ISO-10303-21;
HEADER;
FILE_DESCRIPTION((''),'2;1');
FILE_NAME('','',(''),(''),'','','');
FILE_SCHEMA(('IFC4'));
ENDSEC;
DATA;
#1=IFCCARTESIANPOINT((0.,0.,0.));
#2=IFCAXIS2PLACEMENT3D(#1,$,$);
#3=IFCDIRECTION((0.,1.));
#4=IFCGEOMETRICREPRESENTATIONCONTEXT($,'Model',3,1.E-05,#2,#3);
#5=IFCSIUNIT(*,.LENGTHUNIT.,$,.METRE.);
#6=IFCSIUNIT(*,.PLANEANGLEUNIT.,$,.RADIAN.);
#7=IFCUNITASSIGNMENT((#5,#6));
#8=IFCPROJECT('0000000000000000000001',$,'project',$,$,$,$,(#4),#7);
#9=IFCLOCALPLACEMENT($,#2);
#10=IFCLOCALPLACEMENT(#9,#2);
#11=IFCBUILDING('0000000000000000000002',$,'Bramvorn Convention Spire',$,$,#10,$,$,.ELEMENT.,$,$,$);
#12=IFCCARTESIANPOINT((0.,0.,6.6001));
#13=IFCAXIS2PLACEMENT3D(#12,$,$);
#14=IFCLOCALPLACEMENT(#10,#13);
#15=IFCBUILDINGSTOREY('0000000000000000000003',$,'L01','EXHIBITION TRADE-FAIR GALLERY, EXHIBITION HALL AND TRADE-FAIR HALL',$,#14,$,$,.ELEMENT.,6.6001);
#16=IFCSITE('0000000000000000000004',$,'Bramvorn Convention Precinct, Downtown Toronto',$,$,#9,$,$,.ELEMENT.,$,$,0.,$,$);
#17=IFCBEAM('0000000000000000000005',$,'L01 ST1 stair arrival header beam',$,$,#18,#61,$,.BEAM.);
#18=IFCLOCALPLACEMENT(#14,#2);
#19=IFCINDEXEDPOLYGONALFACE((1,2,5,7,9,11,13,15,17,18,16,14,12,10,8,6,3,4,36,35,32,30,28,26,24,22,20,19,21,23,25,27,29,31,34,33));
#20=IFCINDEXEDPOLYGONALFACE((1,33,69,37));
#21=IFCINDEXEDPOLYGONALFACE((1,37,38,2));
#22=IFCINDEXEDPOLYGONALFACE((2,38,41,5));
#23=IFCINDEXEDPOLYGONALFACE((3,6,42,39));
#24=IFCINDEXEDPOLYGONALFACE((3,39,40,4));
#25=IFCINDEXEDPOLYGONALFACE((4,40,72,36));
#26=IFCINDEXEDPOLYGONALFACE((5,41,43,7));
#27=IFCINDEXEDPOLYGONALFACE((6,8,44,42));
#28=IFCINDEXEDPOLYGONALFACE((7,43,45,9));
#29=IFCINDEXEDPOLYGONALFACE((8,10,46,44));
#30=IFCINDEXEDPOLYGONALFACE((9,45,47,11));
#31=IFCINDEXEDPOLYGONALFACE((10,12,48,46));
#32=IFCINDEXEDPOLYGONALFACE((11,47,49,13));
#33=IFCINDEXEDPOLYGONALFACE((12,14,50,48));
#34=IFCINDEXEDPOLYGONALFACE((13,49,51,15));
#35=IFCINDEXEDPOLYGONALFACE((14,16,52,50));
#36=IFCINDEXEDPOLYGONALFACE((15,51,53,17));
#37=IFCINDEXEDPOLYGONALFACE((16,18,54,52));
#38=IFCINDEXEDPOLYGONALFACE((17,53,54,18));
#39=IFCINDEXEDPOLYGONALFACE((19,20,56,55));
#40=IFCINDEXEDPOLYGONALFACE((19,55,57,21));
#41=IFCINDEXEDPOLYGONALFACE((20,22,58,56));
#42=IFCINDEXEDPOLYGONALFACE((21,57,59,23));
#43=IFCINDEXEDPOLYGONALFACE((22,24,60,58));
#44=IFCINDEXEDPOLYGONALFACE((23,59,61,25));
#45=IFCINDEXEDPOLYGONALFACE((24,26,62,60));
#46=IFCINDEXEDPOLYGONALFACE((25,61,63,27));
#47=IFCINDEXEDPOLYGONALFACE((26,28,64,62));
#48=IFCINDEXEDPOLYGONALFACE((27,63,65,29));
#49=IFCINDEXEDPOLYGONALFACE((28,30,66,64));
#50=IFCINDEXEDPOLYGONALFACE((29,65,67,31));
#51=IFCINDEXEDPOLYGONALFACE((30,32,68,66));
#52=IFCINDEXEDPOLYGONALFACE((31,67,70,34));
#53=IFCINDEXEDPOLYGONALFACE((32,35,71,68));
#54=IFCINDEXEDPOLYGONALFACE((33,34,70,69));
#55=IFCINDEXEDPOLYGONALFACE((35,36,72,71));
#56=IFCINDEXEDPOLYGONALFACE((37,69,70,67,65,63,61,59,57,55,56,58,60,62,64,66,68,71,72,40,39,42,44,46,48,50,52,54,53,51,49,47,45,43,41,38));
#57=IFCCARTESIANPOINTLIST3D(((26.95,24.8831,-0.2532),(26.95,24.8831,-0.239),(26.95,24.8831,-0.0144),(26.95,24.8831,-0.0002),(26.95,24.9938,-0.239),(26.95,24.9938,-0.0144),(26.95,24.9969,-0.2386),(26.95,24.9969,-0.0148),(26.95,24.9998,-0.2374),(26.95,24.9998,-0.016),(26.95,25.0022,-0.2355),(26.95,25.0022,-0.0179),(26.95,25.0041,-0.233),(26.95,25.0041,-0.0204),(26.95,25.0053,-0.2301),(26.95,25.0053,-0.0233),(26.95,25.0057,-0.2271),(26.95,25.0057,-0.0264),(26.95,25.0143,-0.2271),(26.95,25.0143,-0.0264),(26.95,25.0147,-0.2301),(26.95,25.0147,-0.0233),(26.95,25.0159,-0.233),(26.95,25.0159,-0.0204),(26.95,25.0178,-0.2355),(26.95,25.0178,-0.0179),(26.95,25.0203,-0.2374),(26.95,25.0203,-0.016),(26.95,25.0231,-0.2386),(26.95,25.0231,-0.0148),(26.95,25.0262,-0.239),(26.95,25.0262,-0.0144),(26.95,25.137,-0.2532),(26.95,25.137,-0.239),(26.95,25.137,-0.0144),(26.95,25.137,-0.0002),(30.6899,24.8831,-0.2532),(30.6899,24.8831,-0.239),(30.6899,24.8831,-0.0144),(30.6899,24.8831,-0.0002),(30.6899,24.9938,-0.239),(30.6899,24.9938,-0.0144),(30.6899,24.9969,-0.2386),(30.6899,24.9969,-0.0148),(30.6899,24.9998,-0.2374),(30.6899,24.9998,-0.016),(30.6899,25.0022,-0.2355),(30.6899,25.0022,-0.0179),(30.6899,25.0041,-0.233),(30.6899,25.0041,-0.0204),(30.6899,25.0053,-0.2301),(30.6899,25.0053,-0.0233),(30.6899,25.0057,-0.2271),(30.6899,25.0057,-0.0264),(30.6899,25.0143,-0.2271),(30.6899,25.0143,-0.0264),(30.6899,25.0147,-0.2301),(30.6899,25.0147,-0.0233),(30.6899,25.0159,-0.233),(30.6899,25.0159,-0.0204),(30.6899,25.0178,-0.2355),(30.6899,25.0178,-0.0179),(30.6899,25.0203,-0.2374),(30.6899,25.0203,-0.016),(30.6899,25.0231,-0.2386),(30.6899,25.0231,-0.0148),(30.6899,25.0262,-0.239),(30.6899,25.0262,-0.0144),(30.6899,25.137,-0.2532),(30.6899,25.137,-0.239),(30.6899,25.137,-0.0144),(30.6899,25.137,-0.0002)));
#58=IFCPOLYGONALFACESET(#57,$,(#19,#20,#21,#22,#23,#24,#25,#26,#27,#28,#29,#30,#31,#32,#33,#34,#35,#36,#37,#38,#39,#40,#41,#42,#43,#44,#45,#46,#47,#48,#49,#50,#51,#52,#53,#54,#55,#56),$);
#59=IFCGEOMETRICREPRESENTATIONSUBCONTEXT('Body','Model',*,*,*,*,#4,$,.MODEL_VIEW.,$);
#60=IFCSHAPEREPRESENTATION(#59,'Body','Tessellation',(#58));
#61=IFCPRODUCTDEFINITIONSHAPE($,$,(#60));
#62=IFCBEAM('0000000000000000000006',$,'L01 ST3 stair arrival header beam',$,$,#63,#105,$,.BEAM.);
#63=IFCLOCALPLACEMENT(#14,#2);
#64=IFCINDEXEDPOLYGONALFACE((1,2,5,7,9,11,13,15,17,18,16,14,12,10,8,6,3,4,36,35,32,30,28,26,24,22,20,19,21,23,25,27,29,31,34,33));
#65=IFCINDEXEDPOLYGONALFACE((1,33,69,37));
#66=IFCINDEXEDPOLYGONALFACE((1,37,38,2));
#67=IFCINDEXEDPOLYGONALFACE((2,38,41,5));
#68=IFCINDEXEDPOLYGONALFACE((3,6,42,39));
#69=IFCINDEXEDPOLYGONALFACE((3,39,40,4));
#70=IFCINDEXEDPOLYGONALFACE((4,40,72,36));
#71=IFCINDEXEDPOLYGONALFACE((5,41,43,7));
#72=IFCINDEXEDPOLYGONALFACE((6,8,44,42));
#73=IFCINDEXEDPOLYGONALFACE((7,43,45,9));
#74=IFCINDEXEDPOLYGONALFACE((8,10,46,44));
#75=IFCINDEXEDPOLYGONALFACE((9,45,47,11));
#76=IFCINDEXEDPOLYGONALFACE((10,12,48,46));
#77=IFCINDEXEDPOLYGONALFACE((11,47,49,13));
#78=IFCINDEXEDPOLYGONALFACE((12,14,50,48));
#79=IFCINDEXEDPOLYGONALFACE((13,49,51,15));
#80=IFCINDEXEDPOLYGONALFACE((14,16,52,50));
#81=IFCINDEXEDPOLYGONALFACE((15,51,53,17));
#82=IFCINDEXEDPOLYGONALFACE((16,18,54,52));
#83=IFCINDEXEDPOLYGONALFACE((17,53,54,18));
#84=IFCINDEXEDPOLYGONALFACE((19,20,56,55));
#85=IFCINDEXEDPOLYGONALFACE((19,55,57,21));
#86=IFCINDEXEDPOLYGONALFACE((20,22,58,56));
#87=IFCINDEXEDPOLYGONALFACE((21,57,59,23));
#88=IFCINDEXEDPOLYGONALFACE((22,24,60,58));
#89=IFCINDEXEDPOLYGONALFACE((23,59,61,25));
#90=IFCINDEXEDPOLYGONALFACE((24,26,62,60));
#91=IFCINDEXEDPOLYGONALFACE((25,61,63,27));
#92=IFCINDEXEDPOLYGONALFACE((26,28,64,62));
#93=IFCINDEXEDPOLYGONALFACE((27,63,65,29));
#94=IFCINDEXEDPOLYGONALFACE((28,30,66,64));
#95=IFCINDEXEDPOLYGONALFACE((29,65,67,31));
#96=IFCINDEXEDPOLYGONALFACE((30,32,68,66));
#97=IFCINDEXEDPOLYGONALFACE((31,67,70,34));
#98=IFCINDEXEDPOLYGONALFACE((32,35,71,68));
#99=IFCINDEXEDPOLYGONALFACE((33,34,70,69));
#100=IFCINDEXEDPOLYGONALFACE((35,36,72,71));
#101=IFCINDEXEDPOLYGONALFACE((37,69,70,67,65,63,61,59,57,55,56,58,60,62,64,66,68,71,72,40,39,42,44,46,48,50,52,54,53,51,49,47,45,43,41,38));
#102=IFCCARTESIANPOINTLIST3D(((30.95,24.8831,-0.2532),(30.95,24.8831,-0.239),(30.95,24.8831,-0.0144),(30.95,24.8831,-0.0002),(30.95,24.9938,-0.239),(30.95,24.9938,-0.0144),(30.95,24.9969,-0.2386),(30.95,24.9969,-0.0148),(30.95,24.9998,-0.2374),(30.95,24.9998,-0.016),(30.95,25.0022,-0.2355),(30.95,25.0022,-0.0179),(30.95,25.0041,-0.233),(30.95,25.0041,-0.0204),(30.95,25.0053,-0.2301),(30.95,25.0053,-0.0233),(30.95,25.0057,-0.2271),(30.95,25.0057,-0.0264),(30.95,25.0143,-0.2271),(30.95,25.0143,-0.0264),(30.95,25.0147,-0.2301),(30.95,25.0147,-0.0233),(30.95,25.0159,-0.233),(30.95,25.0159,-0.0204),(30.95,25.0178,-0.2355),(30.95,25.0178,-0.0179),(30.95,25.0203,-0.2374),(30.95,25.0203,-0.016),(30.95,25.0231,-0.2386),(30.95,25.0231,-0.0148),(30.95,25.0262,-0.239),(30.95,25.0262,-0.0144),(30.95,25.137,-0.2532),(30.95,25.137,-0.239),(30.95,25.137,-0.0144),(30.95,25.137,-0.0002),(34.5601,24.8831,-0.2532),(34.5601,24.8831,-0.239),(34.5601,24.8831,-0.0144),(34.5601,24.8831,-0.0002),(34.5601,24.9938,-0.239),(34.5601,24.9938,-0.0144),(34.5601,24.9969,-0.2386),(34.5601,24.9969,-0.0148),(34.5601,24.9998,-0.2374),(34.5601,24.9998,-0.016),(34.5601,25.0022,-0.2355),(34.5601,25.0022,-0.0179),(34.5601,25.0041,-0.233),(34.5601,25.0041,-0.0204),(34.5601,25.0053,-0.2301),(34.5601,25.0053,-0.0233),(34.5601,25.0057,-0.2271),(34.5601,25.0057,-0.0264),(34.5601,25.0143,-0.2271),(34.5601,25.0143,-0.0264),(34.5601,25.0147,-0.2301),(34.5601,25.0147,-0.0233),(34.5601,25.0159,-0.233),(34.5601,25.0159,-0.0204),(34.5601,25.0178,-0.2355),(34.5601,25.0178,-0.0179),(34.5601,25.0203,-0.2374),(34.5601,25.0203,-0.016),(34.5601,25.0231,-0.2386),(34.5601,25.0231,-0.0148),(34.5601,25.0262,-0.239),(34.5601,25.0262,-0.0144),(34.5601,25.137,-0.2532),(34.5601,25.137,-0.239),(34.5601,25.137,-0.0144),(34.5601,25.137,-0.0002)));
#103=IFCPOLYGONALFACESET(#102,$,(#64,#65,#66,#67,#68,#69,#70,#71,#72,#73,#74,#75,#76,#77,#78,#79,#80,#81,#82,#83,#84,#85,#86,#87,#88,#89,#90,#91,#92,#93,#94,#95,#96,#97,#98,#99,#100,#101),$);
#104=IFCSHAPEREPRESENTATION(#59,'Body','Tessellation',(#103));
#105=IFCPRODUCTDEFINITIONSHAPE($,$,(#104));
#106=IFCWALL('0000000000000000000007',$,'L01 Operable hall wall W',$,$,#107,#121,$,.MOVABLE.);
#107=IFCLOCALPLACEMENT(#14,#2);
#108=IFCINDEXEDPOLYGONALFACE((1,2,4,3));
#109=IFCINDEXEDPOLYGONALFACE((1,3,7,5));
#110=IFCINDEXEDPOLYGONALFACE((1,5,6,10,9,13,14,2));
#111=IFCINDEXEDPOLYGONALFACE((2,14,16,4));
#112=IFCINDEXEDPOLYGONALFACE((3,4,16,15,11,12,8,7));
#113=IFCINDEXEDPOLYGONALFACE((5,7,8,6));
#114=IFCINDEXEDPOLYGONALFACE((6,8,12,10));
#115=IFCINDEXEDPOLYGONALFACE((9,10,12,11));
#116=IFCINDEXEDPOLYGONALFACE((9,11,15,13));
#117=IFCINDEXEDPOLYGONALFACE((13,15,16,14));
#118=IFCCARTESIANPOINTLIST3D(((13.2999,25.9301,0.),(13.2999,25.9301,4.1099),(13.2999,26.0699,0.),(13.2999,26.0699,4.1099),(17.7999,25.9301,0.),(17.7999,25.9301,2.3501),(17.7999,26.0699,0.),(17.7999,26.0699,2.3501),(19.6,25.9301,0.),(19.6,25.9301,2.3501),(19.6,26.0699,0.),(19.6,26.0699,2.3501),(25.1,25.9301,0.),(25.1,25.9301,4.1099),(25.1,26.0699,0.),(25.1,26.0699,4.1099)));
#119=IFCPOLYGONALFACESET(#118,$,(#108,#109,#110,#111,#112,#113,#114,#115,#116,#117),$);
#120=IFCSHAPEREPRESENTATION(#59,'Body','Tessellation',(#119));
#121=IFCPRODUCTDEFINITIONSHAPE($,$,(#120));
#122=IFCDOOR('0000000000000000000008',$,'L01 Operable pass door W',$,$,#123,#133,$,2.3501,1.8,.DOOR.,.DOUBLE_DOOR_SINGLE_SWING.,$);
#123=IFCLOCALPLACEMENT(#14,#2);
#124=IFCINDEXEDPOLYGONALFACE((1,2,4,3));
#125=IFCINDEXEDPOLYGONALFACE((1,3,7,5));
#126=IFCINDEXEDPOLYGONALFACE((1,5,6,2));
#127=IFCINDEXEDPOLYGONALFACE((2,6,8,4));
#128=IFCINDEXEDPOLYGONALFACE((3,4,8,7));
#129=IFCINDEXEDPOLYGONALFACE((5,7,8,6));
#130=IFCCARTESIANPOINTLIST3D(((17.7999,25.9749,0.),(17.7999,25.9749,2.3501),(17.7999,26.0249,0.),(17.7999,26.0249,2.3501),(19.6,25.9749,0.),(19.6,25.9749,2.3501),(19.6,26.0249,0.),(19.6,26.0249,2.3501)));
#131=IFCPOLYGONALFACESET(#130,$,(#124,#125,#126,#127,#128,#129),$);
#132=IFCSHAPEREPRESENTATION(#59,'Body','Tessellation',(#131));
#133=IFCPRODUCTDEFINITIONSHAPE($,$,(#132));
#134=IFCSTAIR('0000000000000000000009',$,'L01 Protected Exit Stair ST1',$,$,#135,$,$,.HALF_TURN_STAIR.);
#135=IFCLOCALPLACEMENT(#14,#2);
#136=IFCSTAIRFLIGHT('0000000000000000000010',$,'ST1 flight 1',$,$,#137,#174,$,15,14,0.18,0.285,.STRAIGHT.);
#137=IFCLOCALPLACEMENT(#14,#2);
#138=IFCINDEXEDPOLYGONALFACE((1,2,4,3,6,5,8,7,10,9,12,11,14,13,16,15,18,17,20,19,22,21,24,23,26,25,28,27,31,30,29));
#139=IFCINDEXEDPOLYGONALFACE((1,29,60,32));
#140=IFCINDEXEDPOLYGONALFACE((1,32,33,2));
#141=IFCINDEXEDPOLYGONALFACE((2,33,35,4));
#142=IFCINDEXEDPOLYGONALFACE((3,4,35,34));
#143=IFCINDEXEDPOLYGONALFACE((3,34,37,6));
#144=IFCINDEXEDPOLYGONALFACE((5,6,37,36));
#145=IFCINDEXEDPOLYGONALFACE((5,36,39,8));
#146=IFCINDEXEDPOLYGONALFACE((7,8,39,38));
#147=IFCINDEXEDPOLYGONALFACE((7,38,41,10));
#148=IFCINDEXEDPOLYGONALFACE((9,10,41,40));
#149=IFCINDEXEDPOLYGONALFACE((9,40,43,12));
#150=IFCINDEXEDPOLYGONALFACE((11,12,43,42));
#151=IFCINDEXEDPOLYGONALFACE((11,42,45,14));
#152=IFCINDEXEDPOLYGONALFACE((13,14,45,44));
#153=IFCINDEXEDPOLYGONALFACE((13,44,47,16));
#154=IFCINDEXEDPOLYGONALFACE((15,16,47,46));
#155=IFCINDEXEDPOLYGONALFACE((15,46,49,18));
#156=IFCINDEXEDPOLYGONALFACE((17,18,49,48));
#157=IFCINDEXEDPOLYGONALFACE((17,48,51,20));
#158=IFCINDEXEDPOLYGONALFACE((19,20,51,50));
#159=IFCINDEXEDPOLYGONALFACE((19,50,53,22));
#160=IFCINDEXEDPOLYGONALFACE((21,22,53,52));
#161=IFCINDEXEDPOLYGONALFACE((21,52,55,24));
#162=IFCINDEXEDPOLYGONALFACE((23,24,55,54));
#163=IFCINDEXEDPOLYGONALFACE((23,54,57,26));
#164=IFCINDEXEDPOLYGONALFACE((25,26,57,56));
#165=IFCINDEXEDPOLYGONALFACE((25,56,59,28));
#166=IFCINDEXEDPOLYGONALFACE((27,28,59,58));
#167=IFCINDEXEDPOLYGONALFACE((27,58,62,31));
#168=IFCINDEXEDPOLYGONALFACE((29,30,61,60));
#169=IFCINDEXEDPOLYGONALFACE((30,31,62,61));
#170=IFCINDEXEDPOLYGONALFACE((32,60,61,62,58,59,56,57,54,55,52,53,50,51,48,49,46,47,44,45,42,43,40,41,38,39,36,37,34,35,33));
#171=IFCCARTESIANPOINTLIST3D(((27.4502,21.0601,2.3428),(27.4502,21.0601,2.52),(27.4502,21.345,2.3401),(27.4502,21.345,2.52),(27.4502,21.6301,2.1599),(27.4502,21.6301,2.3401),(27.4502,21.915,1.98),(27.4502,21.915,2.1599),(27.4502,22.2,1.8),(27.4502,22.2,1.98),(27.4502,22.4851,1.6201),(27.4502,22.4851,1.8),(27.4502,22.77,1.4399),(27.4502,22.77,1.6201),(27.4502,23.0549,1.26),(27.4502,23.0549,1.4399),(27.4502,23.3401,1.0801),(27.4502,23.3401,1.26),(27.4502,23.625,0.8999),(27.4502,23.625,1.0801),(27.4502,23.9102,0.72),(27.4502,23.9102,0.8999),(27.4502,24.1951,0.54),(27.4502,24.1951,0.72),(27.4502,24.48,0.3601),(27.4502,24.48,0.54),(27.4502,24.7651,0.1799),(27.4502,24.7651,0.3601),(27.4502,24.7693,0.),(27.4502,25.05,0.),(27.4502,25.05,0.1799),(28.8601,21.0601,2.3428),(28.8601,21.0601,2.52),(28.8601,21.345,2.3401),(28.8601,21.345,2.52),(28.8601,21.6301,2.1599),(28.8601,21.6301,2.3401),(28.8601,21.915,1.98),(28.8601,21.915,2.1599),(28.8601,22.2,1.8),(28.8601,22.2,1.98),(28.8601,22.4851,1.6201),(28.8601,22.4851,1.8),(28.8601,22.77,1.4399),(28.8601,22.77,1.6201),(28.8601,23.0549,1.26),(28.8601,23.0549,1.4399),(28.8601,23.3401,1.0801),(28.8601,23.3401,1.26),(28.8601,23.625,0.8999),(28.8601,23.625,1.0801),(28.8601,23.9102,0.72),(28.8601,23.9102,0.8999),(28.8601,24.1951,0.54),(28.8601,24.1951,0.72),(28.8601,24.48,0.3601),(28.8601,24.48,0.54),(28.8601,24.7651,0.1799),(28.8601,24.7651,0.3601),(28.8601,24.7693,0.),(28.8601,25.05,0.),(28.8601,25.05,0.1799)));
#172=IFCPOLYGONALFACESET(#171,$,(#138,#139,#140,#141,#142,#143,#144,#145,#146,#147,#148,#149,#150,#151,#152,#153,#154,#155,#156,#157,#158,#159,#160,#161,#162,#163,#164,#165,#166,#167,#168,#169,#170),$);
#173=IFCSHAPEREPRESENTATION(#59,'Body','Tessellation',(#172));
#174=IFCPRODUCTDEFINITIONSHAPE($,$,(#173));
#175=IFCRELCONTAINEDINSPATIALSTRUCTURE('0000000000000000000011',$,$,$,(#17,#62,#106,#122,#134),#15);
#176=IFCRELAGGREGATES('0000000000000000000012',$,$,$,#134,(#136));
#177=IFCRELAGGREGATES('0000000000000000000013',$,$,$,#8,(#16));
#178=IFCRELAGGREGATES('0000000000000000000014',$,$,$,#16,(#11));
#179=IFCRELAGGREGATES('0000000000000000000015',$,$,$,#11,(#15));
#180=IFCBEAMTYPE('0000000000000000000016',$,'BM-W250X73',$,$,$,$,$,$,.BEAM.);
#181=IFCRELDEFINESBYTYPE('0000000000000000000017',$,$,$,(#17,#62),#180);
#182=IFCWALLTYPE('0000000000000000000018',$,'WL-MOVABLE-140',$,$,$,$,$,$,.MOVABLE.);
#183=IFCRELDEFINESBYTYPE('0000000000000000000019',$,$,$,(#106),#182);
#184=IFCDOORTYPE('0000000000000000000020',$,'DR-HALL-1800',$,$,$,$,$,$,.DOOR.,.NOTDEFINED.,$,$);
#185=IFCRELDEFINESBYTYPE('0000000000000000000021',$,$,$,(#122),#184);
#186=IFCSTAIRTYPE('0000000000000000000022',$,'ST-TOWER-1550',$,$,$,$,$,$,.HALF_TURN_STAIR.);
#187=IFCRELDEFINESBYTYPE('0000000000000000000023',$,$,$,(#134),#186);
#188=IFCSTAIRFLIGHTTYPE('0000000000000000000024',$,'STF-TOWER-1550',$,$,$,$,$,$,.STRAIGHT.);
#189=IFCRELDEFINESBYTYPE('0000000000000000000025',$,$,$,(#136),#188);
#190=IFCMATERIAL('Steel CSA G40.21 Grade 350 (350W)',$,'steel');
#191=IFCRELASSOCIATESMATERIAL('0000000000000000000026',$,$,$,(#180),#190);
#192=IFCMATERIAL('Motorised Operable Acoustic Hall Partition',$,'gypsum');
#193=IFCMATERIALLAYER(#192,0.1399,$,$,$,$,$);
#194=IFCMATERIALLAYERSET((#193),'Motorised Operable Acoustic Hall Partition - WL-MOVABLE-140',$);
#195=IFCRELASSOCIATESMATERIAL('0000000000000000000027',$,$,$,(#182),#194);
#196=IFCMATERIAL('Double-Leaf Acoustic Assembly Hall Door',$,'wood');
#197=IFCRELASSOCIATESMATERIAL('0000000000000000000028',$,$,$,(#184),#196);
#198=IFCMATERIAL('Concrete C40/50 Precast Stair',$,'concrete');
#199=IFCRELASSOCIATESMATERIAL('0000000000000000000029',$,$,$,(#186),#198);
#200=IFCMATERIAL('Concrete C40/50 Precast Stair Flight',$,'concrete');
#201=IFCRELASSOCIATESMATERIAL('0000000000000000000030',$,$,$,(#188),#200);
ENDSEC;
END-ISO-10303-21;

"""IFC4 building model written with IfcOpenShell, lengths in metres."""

from ifc_helpers import new_model, si_unit, direction, frame, frame_2d, origin, origin_2d, place, context, subcontext, project, spatial, polyline, rectangle, i_section, outline, extrude, material, layer, layer_set, material_profile, profile_set, type_object, element, fill, aggregate, save


model = new_model("IFC4")

# Units and contexts
model_context = context("Model", 3, precision=1e-05, world=origin(), true_north=direction((0.0, 1.0)))
body_context = subcontext(model_context, "Body", "Model", "MODEL_VIEW")
ifc_project = project(units=[si_unit("LENGTHUNIT", "METRE"), si_unit("PLANEANGLEUNIT", "RADIAN")], contexts=[model_context])

# Site, building, storey
site_placement = place(None, origin())
site = spatial("IfcSite", under=ifc_project, at=site_placement, Name="Bramvorn Convention Precinct, Downtown Toronto", CompositionType="ELEMENT", RefElevation=0.0)
building_placement = place(site_placement, origin())
building = spatial("IfcBuilding", under=site, at=building_placement, Name="Bramvorn Convention Spire", CompositionType="ELEMENT")
storey_placement = place(building_placement, frame((0.0, 0.0, 6.6001)))
storey = spatial("IfcBuildingStorey", under=building, at=storey_placement, Name="L01", Description="EXHIBITION TRADE-FAIR GALLERY, EXHIBITION HALL AND TRADE-FAIR HALL", CompositionType="ELEMENT", Elevation=6.6001)

# Beams
ifc_material_1 = material(Name="Steel CSA G40.21 Grade 350 (350W)", Category="steel")
ifc_material_profile = material_profile(ifc_material_1, i_section(OverallWidth=0.2539, OverallDepth=0.2529, WebThickness=0.0085, FlangeThickness=0.0142, FilletRadius=0.012, at=origin_2d()))
ifc_profile_set = profile_set([ifc_material_profile], Name="Steel CSA G40.21 Grade 350 (350W) - W250X73")
beam_type = type_object("IfcBeamType", Name="BM-W250X73", PredefinedType="BEAM", material=ifc_profile_set)
beam_1_placement = place(storey_placement, frame((26.95, 25.01, -0.1267), z_axis=(1.0, 0.0, 0.0), x_axis=(0.0, 1.0, 0.0)))
element("IfcBeam", 1, at=beam_1_placement, inside=storey, type_object=beam_type, Name="L01 ST1 stair arrival header beam", PredefinedType="BEAM", context=body_context, shape_type="SweptSolid", body=[
    extrude(i_section(OverallWidth=0.2539, OverallDepth=0.2529, WebThickness=0.0085, FlangeThickness=0.0142, FilletRadius=0.012, at=origin_2d()), origin(), (0.0, 0.0, 1.0), 3.74),
])
beam_2_placement = place(storey_placement, frame((30.95, 25.01, -0.1267), z_axis=(1.0, 0.0, 0.0), x_axis=(0.0, 1.0, 0.0)))
element("IfcBeam", 2, at=beam_2_placement, inside=storey, type_object=beam_type, Name="L01 ST3 stair arrival header beam", PredefinedType="BEAM", context=body_context, shape_type="SweptSolid", body=[
    extrude(i_section(OverallWidth=0.2539, OverallDepth=0.2529, WebThickness=0.0085, FlangeThickness=0.0142, FilletRadius=0.012, at=origin_2d()), origin(), (0.0, 0.0, 1.0), 3.6101),
])

# Wall, opening, door
ifc_material_2 = material(Name="Motorised Operable Acoustic Hall Partition", Category="gypsum")
ifc_layer_1 = layer(ifc_material_2, 0.1399)
ifc_layer_set_1 = layer_set([ifc_layer_1], Name="Motorised Operable Acoustic Hall Partition - WL-MOVABLE-140")
wall_type_1 = type_object("IfcWallType", Name="WL-MOVABLE-140", PredefinedType="MOVABLE", material=ifc_layer_set_1)
wall_1_placement = place(storey_placement, frame((13.3, 26.0, 0.0), z_axis=(0.0, 0.0, 1.0), x_axis=(1.0, 0.0, 0.0)))
wall_1 = element("IfcWall", 3, at=wall_1_placement, inside=storey, type_object=wall_type_1, Name="L01 Operable hall wall W", PredefinedType="MOVABLE", context=body_context, shape_type="SweptSolid", body=[
    extrude(rectangle(XDim=11.8, YDim=0.1399, at=frame_2d((5.8999, 0.0))), origin(), (0.0, 0.0, 1.0), 4.1099),
])
opening_1_placement = place(wall_1_placement, frame((4.5, 0.0, 0.0)))
opening_1 = element("IfcOpeningElement", 4, at=opening_1_placement, cuts=wall_1, PredefinedType="OPENING", context=body_context, shape_type="SweptSolid", body=[
    extrude(rectangle(XDim=1.8, YDim=2.3501, at=frame_2d((0.8999, 1.175))), frame((0.0, 0.0798, 0.0), z_axis=(0.0, -1.0, 0.0), x_axis=(1.0, 0.0, 0.0)), (0.0, 0.0, 1.0), 0.1599),
])
ifc_material_3 = material(Name="Double-Leaf Acoustic Assembly Hall Door", Category="wood")
door_type_1 = type_object("IfcDoorType", Name="DR-HALL-1800", OperationType="NOTDEFINED", PredefinedType="DOOR", material=ifc_material_3)
door_1_placement = place(opening_1_placement, origin())
door_1 = element("IfcDoor", 5, at=door_1_placement, inside=storey, type_object=door_type_1, Name="L01 Operable pass door W", OperationType="DOUBLE_DOOR_SINGLE_SWING", OverallHeight=2.3501, OverallWidth=1.8, PredefinedType="DOOR", context=body_context, shape_type="SweptSolid", body=[
    extrude(rectangle(XDim=1.8, YDim=2.3501, at=frame_2d((0.8999, 1.175))), frame((0.0, 0.0249, 0.0), z_axis=(0.0, -1.0, 0.0), x_axis=(1.0, 0.0, 0.0)), (0.0, 0.0, 1.0), 0.05),
])
fill(opening_1, door_1)

# Stair, stair flight
ifc_material_4 = material(Name="Concrete C40/50 Precast Stair", Category="concrete")
stair_type = type_object("IfcStairType", Name="ST-TOWER-1550", PredefinedType="HALF_TURN_STAIR", material=ifc_material_4)
stair_1_placement = place(storey_placement, origin())
stair_1 = element("IfcStair", 6, at=stair_1_placement, inside=storey, type_object=stair_type, Name="L01 Protected Exit Stair ST1", PredefinedType="HALF_TURN_STAIR")
ifc_material_5 = material(Name="Concrete C40/50 Precast Stair Flight", Category="concrete")
stair_flight_type = type_object("IfcStairFlightType", Name="STF-TOWER-1550", PredefinedType="STRAIGHT", material=ifc_material_5)
stair_flight_1_placement = place(storey_placement, frame((28.155, 25.05, 0.0), z_axis=(0.0, 0.0, 1.0), x_axis=(0.0, -1.0, 0.0)))
stair_flight_1 = element("IfcStairFlight", 7, at=stair_flight_1_placement, type_object=stair_flight_type, Name="ST1 flight 1", NumberOfRisers=15, NumberOfTreads=14, PredefinedType="STRAIGHT", RiserHeight=0.18, TreadLength=0.285, context=body_context, shape_type="SweptSolid", body=[
    extrude(outline(polyline([(0.0, 0.0), (0.0, 0.1799), (0.2849, 0.1799), (0.2849, 0.3601), (0.5701, 0.3601), (0.5701, 0.54), (0.855, 0.54), (0.855, 0.72), (1.1399, 0.72), (1.1399, 0.8999), (1.425, 0.8999), (1.425, 1.0801), (1.71, 1.0801), (1.71, 1.26), (1.9951, 1.26), (1.9951, 1.4399), (2.28, 1.4399), (2.28, 1.6201), (2.5649, 1.6201), (2.5649, 1.8), (2.8501, 1.8), (2.8501, 1.98), (3.135, 1.98), (3.135, 2.1599), (3.4199, 2.1599), (3.4199, 2.3401), (3.7051, 2.3401), (3.7051, 2.52), (3.99, 2.52), (3.99, 2.7), (3.99, 2.3428), (0.2808, 0.0), (0.0, 0.0)])), frame((0.0, 0.7051, 0.0), z_axis=(0.0, -1.0, 0.0), x_axis=(1.0, 0.0, 0.0)), (0.0, 0.0, 1.0), 1.4099),
])
aggregate(stair_1, [stair_flight_1])

save(model, "model.ifc")
